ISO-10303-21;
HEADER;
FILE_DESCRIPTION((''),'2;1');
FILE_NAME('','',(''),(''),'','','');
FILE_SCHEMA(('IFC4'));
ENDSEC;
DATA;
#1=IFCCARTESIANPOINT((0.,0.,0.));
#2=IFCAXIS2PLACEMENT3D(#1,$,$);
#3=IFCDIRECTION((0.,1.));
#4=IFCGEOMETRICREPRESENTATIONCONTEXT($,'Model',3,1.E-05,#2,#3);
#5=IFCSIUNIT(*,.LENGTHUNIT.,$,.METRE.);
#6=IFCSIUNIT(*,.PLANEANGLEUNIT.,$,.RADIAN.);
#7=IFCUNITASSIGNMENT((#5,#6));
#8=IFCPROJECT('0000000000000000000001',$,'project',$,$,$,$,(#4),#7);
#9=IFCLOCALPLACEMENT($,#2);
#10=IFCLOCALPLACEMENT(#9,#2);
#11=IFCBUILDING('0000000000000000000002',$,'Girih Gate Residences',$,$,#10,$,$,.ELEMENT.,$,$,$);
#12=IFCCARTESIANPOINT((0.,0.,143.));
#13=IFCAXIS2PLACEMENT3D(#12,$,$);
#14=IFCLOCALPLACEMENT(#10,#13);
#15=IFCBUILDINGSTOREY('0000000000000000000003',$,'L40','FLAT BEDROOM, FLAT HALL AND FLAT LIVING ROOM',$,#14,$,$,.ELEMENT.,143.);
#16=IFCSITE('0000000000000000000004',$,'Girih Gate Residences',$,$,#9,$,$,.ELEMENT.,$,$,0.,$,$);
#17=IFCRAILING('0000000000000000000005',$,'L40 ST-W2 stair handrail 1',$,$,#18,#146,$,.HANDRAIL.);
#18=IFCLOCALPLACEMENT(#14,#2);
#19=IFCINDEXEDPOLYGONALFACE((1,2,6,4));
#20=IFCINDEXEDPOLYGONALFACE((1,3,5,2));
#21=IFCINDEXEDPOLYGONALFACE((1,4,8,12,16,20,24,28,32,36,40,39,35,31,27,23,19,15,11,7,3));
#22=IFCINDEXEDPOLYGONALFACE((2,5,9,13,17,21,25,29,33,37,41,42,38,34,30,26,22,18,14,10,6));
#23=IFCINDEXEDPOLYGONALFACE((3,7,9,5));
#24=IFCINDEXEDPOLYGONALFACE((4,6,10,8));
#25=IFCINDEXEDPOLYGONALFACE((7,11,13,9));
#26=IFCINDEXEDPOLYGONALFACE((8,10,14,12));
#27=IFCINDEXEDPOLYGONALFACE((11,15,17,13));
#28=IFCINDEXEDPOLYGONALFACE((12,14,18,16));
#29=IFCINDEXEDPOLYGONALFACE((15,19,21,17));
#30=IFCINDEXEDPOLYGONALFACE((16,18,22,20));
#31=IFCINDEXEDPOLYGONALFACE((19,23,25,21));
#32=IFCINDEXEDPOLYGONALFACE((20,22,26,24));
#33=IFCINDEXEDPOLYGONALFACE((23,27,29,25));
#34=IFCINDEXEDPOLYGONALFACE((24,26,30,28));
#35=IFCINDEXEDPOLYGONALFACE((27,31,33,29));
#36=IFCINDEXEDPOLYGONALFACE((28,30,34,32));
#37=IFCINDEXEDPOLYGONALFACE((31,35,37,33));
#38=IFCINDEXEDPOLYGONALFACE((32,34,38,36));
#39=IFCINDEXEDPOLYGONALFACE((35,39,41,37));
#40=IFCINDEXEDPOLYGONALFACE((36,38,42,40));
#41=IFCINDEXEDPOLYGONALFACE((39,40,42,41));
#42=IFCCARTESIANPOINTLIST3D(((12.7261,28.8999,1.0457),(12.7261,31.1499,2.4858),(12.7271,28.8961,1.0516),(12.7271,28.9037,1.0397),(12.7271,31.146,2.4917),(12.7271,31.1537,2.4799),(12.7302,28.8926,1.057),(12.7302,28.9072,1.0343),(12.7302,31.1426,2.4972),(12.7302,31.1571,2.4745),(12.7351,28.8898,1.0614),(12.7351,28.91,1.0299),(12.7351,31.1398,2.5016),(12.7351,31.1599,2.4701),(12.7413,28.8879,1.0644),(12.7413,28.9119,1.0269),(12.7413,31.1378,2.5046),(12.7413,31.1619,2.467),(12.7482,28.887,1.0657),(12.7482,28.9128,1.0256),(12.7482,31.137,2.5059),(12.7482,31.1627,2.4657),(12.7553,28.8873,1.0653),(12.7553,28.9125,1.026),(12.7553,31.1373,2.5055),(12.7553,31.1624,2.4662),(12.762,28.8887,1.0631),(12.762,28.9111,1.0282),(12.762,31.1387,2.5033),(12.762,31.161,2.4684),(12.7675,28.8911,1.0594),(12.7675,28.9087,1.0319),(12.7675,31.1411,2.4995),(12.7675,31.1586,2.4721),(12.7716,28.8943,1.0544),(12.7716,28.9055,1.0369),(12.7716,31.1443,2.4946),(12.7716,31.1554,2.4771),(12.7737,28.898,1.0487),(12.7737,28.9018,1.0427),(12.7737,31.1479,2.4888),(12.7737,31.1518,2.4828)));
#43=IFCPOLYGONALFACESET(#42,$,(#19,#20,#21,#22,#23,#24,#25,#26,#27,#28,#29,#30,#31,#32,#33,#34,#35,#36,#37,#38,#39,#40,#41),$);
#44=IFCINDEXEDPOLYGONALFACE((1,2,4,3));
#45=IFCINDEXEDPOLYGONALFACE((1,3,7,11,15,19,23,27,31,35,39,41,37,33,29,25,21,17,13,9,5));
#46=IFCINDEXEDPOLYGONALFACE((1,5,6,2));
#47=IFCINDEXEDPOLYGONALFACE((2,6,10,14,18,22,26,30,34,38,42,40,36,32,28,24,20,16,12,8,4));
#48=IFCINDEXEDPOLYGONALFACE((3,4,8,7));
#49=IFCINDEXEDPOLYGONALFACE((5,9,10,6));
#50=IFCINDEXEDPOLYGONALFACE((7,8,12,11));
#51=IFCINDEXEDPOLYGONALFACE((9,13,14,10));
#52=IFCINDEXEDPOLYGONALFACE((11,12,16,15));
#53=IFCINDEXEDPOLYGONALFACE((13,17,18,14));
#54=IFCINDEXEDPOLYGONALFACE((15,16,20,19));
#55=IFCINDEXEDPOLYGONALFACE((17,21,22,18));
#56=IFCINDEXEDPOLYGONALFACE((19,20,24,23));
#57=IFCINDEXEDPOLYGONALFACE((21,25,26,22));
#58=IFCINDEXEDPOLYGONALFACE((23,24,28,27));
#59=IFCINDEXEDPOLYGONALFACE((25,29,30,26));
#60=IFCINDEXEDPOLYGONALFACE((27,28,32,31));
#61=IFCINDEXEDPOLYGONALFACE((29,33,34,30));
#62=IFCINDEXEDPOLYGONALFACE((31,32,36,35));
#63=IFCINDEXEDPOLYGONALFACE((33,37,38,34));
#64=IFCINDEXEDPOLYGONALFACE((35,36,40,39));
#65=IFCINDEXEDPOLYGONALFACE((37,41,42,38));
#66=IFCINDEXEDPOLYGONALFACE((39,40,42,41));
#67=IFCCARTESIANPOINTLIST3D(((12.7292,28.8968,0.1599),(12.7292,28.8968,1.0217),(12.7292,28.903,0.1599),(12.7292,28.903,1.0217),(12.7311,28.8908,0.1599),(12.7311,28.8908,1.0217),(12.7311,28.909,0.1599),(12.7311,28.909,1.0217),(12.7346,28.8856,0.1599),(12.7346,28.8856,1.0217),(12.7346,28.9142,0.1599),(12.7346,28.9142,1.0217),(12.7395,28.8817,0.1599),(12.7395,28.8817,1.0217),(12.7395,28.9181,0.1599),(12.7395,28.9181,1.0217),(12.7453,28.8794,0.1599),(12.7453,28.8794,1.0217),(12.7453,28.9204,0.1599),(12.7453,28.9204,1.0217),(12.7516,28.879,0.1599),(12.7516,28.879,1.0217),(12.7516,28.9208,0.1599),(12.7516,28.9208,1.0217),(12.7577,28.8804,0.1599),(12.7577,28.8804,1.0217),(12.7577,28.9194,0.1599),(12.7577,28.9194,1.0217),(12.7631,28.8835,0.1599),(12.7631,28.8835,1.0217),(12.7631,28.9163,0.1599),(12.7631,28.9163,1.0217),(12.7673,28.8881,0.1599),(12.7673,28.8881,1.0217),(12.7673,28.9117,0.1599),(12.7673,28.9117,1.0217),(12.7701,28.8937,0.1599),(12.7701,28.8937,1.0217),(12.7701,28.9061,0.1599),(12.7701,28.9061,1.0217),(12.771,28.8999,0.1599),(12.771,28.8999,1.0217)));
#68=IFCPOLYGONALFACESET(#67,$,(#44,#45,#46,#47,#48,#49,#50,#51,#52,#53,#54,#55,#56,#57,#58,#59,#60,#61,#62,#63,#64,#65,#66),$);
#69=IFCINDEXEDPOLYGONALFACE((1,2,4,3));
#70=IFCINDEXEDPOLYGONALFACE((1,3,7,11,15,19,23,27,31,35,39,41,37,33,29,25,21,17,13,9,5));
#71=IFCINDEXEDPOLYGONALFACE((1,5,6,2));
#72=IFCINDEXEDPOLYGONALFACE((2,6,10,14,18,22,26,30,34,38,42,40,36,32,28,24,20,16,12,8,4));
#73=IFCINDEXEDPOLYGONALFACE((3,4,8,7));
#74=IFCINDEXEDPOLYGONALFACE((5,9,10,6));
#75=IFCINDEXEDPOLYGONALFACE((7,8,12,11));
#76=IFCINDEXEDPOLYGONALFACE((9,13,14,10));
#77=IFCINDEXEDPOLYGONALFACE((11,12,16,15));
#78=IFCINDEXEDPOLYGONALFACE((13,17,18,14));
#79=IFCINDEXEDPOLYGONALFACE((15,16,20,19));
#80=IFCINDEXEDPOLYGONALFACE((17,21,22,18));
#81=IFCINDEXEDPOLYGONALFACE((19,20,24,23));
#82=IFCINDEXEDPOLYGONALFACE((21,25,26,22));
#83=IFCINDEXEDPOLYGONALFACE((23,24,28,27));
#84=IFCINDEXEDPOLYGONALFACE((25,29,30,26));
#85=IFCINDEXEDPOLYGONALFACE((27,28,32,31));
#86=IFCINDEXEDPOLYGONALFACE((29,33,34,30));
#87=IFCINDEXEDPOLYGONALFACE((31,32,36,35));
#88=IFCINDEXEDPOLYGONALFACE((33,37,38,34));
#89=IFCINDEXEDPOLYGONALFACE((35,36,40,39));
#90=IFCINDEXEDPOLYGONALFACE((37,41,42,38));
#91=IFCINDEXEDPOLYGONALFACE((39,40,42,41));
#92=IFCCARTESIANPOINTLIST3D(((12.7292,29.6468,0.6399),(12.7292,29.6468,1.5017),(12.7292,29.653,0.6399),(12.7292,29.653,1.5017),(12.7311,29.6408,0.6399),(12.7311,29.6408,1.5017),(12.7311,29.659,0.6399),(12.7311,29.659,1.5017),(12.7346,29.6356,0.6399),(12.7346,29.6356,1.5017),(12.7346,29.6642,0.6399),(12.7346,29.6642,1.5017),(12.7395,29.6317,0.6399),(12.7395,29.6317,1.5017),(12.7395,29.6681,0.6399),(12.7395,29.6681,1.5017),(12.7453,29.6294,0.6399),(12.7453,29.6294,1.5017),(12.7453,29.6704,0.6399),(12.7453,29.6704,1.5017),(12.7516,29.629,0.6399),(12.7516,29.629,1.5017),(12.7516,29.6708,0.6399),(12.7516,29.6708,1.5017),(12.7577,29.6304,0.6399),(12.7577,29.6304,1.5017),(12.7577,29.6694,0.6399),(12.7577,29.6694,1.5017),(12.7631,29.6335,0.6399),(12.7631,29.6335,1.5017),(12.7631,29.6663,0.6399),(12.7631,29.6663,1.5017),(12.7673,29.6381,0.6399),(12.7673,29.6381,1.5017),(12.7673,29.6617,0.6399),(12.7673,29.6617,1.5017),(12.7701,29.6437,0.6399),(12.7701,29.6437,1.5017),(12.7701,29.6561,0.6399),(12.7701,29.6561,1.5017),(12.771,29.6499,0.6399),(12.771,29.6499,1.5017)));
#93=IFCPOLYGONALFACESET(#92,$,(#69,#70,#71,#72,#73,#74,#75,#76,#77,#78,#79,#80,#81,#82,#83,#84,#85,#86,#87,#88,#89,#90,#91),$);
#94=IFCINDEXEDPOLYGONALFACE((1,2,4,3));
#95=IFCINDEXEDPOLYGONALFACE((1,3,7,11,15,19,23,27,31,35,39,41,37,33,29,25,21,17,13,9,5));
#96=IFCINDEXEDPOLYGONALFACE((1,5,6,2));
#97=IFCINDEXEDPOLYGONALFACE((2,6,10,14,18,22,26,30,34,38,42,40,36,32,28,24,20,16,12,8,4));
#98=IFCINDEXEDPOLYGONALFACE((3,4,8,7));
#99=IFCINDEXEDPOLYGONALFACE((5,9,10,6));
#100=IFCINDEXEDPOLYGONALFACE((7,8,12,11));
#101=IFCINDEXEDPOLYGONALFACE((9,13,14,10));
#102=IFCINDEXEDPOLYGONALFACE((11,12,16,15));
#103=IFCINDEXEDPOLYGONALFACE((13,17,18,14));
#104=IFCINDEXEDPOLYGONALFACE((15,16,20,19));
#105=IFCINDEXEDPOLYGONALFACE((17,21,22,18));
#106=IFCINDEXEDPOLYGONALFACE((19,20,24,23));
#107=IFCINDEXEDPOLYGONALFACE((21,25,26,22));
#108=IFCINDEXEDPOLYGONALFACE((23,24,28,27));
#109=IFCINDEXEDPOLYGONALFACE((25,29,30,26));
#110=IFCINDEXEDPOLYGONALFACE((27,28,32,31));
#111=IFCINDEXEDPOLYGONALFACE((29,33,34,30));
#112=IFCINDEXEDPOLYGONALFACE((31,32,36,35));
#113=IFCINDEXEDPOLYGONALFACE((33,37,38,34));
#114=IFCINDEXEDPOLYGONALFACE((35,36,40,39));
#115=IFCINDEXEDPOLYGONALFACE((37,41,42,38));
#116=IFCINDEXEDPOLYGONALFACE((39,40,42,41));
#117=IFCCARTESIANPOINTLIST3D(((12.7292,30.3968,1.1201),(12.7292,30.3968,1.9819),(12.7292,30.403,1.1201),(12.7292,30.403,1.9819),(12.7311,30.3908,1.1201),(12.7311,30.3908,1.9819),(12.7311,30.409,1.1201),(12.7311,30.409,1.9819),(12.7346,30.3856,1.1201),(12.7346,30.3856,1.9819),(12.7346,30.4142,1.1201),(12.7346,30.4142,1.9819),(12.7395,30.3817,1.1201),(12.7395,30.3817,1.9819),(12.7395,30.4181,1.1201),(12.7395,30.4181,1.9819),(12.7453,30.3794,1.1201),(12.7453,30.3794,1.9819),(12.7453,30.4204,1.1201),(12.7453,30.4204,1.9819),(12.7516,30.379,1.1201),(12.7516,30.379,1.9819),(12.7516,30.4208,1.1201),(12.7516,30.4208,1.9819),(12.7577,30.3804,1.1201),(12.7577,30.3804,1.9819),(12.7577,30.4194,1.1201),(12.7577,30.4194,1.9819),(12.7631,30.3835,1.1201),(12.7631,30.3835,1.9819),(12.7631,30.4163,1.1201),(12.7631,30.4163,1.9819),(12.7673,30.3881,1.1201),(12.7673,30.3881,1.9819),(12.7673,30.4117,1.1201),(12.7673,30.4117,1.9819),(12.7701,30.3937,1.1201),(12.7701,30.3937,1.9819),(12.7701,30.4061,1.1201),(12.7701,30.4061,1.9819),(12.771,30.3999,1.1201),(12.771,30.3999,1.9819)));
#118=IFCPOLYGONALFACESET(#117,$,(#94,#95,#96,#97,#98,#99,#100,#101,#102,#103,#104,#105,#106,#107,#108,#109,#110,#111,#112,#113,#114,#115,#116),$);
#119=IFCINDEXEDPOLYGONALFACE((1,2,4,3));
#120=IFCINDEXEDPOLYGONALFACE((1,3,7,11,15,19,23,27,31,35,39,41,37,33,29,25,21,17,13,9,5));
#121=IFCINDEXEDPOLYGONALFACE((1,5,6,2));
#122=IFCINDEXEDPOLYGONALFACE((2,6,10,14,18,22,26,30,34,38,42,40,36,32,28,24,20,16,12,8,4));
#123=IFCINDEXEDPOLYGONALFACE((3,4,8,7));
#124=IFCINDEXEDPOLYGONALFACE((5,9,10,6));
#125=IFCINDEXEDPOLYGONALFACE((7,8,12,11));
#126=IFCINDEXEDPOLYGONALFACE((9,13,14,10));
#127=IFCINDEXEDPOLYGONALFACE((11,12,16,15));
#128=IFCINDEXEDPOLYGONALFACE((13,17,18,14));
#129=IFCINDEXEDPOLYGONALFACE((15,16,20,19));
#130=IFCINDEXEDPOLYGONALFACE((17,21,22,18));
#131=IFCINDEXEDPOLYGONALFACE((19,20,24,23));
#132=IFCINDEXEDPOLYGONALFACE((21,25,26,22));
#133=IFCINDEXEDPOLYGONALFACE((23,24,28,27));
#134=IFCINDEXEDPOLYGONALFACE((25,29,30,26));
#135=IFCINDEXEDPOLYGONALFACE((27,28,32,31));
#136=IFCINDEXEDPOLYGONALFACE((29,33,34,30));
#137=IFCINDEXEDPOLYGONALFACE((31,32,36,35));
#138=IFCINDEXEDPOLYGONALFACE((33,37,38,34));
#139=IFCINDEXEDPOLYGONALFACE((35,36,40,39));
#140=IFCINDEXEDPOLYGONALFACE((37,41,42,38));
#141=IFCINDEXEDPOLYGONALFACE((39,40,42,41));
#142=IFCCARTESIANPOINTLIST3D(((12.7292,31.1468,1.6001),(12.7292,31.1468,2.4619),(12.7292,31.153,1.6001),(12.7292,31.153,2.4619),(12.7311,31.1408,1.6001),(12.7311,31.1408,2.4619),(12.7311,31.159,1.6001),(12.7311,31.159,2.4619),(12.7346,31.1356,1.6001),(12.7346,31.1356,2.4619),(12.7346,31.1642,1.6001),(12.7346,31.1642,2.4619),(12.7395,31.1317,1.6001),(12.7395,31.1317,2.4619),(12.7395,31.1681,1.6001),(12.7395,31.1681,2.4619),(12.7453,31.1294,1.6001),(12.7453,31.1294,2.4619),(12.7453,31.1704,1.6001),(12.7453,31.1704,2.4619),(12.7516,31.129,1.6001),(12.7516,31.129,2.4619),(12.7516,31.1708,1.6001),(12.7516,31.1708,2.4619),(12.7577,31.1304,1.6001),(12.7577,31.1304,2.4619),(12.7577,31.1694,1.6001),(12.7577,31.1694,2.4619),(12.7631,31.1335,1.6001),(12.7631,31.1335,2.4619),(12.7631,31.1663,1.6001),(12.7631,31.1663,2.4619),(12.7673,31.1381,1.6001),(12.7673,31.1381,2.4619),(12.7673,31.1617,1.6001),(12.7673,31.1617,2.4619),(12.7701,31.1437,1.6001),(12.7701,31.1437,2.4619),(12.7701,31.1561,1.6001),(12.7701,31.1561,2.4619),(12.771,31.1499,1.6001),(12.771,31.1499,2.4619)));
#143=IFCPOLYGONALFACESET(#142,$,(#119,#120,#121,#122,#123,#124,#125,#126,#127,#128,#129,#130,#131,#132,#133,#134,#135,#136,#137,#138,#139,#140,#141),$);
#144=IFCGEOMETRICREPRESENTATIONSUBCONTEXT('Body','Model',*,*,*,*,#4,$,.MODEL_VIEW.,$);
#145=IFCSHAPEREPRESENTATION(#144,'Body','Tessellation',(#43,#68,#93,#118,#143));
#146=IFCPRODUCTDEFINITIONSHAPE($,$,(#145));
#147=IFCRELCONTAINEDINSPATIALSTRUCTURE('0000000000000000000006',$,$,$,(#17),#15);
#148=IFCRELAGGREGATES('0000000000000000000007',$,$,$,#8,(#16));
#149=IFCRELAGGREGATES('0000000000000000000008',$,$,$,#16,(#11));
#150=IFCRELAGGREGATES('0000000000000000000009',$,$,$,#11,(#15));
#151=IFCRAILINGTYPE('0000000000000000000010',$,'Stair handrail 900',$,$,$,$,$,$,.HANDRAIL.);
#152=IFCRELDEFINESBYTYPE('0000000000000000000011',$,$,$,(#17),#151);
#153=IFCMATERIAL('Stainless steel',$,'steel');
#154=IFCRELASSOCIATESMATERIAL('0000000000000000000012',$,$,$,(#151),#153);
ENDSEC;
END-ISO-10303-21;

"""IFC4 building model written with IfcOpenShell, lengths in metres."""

from ifc_helpers import new_model, si_unit, direction, frame, origin, origin_2d, place, context, subcontext, project, spatial, circle, extrude, material, type_object, element, save


model = new_model("IFC4")

# Units and contexts
model_context = context("Model", 3, precision=1e-05, world=origin(), true_north=direction((0.0, 1.0)))
body_context = subcontext(model_context, "Body", "Model", "MODEL_VIEW")
ifc_project = project(units=[si_unit("LENGTHUNIT", "METRE"), si_unit("PLANEANGLEUNIT", "RADIAN")], contexts=[model_context])

# Site, building, storey
site_placement = place(None, origin())
site = spatial("IfcSite", under=ifc_project, at=site_placement, Name="Girih Gate Residences", CompositionType="ELEMENT", RefElevation=0.0)
building_placement = place(site_placement, origin())
building = spatial("IfcBuilding", under=site, at=building_placement, Name="Girih Gate Residences", CompositionType="ELEMENT")
storey_placement = place(building_placement, frame((0.0, 0.0, 143.0)))
storey = spatial("IfcBuildingStorey", under=building, at=storey_placement, Name="L40", Description="FLAT BEDROOM, FLAT HALL AND FLAT LIVING ROOM", CompositionType="ELEMENT", Elevation=143.0)

# Railing
ifc_material_1 = material(Name="Stainless steel", Category="steel")
railing_type_1 = type_object("IfcRailingType", Name="Stair handrail 900", PredefinedType="HANDRAIL", material=ifc_material_1)
railing_1_placement = place(storey_placement, frame((12.75, 28.8999, 0.1599)))
element("IfcRailing", 1, at=railing_1_placement, inside=storey, type_object=railing_type_1, Name="L40 ST-W2 stair handrail 1", PredefinedType="HANDRAIL", context=body_context, shape_type="SweptSolid", body=[
    extrude(circle(Radius=0.0239, at=origin_2d()), frame((0.0, 0.0, 0.8857), z_axis=(0.0, 0.84224, 0.539103), x_axis=(-1.0, 0.0, 0.0)), (0.0, 0.0, 1.0), 2.6714),
    extrude(circle(Radius=0.021, at=origin_2d()), origin(), (0.0, 0.0, 1.0), 0.8618),
    extrude(circle(Radius=0.021, at=origin_2d()), frame((0.0, 0.75, 0.48)), (0.0, 0.0, 1.0), 0.8618),
    extrude(circle(Radius=0.021, at=origin_2d()), frame((0.0, 1.5, 0.9602)), (0.0, 0.0, 1.0), 0.8618),
    extrude(circle(Radius=0.021, at=origin_2d()), frame((0.0, 2.25, 1.4402)), (0.0, 0.0, 1.0), 0.8618),
])

save(model, "model.ifc")
